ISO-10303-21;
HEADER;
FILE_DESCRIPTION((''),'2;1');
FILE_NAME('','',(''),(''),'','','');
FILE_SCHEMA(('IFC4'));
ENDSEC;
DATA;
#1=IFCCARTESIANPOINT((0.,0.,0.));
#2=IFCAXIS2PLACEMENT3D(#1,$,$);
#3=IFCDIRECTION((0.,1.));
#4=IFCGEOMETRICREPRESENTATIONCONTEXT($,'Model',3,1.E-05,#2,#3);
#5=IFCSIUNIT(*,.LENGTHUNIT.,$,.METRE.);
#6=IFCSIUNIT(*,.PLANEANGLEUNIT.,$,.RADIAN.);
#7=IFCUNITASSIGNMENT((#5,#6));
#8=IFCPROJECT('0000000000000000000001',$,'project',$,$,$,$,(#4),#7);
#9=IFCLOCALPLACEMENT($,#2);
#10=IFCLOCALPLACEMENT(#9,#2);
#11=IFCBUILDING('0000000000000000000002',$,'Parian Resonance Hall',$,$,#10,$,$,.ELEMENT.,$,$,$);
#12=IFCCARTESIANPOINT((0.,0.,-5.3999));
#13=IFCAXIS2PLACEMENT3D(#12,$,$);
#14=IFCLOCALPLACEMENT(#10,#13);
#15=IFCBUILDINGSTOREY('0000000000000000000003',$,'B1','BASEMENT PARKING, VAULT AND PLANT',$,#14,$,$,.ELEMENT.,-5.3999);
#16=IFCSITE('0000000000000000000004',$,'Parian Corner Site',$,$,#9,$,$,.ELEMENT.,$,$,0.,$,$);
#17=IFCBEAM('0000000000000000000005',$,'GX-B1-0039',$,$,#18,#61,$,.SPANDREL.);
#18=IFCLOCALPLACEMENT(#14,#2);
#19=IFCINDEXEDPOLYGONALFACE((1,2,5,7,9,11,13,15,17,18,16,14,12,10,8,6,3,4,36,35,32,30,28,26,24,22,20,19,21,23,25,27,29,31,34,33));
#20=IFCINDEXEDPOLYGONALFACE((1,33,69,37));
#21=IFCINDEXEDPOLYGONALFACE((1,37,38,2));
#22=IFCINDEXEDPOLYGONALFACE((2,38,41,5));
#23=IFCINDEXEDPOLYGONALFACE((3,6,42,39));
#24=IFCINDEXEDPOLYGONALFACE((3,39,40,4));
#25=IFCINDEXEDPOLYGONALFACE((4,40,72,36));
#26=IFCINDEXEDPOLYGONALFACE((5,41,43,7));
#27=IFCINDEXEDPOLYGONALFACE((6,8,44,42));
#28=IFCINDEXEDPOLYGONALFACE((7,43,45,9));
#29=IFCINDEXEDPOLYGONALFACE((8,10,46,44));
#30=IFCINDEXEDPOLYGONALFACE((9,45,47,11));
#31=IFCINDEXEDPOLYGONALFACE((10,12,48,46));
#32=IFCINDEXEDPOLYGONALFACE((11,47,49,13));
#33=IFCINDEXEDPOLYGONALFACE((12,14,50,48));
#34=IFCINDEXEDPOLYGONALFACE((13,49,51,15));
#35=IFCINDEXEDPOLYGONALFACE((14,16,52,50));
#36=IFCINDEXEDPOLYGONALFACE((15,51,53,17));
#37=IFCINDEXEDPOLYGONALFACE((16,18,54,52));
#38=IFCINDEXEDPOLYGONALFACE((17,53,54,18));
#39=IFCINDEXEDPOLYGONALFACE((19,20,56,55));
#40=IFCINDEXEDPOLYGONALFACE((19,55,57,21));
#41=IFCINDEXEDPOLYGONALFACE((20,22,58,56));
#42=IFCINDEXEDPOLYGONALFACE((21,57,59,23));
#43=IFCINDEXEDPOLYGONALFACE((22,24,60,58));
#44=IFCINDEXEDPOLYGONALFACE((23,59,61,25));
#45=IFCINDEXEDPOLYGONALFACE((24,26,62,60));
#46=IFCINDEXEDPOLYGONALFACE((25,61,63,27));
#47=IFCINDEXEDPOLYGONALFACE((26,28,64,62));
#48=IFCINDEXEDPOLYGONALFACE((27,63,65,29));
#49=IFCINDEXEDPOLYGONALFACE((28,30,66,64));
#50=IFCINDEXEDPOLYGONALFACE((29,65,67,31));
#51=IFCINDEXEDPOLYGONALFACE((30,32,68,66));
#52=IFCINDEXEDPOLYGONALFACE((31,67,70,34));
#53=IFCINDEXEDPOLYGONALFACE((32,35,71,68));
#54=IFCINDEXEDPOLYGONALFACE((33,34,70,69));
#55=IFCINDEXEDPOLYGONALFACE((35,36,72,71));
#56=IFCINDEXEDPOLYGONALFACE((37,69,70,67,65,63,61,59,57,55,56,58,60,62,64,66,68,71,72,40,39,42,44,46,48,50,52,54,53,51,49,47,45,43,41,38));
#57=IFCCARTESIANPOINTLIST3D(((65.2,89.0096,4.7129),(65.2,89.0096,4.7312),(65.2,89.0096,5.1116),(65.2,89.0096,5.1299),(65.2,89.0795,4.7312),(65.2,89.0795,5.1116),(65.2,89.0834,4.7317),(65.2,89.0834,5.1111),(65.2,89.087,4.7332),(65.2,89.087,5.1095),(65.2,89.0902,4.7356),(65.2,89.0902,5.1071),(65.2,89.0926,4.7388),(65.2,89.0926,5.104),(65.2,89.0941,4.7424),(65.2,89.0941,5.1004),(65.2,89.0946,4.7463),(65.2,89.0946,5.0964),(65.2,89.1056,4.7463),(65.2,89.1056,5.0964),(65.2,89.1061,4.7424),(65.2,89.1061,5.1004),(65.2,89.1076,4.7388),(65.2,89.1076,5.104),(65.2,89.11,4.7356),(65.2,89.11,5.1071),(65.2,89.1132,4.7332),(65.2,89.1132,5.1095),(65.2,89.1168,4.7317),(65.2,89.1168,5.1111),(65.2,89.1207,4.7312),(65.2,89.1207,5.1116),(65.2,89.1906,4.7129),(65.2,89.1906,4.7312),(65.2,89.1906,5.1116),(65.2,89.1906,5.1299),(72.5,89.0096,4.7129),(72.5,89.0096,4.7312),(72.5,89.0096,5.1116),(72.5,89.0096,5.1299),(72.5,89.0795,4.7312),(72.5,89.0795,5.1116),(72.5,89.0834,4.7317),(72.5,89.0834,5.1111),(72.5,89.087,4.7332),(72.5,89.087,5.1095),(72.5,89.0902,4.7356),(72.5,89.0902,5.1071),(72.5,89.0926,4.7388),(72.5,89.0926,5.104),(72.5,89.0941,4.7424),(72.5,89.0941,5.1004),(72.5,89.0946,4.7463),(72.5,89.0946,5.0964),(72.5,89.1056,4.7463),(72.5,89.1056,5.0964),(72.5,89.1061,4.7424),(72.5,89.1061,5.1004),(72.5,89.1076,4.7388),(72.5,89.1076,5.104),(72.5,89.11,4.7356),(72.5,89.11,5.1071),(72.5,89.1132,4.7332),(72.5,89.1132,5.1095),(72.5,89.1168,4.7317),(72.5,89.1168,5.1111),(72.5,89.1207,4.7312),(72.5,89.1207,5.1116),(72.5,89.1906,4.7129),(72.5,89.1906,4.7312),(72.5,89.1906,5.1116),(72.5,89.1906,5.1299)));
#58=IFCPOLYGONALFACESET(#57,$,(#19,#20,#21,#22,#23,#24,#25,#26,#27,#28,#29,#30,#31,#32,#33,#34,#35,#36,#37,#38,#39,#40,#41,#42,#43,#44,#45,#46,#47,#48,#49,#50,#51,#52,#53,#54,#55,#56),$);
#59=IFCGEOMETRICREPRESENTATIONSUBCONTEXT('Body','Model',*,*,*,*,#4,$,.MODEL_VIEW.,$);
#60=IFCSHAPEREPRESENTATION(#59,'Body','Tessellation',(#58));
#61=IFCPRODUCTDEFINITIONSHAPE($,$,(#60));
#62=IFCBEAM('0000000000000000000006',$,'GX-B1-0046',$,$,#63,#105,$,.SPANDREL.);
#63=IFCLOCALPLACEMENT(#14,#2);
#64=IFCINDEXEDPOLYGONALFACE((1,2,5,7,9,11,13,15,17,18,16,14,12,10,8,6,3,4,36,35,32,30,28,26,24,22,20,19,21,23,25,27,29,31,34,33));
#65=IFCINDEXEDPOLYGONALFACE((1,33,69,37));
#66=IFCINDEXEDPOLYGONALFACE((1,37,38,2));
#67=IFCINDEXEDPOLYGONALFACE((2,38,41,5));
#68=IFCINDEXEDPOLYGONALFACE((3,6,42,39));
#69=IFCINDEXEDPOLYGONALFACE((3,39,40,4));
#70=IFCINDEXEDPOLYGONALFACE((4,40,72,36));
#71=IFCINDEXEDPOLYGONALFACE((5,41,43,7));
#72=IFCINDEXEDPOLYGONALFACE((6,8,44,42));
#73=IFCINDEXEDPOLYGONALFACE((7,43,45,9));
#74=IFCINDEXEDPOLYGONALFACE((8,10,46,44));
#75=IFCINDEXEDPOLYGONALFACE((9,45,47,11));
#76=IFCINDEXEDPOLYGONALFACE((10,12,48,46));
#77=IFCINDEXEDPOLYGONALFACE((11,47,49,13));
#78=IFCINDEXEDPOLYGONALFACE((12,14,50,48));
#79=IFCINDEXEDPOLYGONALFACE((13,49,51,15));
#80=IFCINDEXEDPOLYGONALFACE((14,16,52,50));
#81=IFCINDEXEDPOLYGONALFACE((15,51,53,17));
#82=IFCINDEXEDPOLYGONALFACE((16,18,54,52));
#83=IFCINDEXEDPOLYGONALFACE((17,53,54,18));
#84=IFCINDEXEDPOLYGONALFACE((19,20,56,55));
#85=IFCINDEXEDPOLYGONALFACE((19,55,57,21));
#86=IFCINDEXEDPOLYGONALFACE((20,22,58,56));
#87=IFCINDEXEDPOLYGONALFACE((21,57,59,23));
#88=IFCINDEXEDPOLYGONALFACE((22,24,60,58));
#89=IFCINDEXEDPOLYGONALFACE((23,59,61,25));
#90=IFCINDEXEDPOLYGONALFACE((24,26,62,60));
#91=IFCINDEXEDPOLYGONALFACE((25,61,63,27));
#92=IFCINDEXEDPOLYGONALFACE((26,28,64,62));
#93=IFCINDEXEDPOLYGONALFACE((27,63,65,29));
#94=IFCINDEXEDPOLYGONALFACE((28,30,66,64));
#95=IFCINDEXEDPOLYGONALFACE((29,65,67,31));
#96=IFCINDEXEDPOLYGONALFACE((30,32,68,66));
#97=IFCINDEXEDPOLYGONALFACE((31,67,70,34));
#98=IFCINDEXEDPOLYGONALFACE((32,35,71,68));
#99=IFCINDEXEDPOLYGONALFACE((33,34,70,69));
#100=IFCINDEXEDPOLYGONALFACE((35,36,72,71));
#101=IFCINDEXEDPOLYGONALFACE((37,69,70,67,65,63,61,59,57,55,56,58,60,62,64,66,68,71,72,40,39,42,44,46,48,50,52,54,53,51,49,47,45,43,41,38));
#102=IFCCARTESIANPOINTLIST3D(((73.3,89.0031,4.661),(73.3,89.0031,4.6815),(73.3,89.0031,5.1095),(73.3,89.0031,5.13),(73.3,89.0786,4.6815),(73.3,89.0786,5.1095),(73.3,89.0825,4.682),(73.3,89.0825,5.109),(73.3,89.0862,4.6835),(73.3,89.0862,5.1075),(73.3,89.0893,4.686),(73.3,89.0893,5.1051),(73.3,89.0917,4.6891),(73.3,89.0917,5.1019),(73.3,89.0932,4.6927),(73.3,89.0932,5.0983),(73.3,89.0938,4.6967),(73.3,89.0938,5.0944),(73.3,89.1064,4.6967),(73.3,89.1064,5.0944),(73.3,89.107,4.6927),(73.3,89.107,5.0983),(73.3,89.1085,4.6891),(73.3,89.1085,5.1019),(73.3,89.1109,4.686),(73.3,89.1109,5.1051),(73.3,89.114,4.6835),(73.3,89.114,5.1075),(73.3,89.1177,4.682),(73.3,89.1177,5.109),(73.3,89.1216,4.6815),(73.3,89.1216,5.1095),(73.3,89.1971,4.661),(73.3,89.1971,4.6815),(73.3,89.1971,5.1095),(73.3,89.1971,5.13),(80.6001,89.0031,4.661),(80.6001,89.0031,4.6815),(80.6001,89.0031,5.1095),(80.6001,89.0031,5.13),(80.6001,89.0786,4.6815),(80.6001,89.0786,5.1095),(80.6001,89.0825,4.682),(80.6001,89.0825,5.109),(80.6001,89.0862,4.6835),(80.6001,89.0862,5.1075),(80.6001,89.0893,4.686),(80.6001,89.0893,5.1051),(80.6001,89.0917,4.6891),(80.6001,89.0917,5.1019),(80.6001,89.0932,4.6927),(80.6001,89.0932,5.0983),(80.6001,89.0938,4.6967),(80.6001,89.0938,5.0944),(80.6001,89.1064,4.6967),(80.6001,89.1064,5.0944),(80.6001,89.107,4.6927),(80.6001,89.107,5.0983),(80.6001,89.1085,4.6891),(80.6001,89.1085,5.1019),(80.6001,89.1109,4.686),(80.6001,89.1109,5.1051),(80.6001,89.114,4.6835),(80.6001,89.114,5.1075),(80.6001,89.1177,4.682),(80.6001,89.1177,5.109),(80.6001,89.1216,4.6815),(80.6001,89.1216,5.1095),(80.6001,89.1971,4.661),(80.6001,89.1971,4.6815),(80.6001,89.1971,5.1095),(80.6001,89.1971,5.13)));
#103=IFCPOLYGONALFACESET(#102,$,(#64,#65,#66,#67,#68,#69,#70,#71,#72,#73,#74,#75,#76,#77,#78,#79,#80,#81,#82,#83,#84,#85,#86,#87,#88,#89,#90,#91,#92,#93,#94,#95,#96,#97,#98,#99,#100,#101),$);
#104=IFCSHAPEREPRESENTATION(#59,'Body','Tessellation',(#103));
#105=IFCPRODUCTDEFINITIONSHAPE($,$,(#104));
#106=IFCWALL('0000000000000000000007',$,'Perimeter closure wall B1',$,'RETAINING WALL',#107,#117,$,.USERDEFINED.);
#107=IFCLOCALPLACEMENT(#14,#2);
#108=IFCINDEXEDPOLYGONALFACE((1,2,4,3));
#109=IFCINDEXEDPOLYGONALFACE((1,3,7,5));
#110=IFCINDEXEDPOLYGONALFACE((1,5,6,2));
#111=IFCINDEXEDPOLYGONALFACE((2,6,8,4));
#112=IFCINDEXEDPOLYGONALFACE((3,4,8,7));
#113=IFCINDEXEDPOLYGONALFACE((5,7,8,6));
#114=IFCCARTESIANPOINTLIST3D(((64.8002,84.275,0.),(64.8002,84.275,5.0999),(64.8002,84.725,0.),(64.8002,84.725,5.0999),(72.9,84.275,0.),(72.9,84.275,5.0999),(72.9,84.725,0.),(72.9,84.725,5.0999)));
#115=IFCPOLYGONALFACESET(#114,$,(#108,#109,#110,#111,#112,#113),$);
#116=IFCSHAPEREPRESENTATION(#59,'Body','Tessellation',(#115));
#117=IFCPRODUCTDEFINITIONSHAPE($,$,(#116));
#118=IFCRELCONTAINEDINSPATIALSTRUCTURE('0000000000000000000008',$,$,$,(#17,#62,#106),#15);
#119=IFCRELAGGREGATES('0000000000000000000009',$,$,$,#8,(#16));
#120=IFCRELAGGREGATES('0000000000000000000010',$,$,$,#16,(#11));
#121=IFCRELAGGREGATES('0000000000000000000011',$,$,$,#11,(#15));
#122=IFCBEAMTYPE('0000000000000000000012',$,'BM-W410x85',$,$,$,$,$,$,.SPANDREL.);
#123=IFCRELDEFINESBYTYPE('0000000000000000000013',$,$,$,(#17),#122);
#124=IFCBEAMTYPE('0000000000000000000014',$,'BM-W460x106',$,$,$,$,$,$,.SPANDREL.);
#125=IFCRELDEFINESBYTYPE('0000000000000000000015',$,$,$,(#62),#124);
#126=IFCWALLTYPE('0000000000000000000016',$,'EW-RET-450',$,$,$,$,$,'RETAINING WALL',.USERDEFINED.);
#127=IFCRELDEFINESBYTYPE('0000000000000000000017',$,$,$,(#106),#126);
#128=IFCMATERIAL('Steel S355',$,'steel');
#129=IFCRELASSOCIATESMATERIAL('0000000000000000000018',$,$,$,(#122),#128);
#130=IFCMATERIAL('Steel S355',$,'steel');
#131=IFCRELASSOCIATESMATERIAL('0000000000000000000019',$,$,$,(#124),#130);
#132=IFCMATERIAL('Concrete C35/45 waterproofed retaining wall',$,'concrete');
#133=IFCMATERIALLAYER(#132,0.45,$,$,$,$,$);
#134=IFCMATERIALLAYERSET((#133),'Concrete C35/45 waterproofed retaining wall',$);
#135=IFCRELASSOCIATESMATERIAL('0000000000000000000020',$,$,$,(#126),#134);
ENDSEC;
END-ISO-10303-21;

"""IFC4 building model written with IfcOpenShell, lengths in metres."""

from ifc_helpers import new_model, si_unit, direction, frame, frame_2d, origin, origin_2d, place, context, subcontext, project, spatial, rectangle, i_section, extrude, material, layer, layer_set, material_profile, profile_set, type_object, element, save


model = new_model("IFC4")

# Units and contexts
model_context = context("Model", 3, precision=1e-05, world=origin(), true_north=direction((0.0, 1.0)))
body_context = subcontext(model_context, "Body", "Model", "MODEL_VIEW")
ifc_project = project(units=[si_unit("LENGTHUNIT", "METRE"), si_unit("PLANEANGLEUNIT", "RADIAN")], contexts=[model_context])

# Site, building, storey
site_placement = place(None, origin())
site = spatial("IfcSite", under=ifc_project, at=site_placement, Name="Parian Corner Site", CompositionType="ELEMENT", RefElevation=0.0)
building_placement = place(site_placement, origin())
building = spatial("IfcBuilding", under=site, at=building_placement, Name="Parian Resonance Hall", CompositionType="ELEMENT")
storey_placement = place(building_placement, frame((0.0, 0.0, -5.3999)))
storey = spatial("IfcBuildingStorey", under=building, at=storey_placement, Name="B1", Description="BASEMENT PARKING, VAULT AND PLANT", CompositionType="ELEMENT", Elevation=-5.3999)

# Beams
ifc_material_1 = material(Name="Steel S355", Category="steel")
ifc_material_profile_1 = material_profile(ifc_material_1, i_section(OverallWidth=0.1809, OverallDepth=0.417, WebThickness=0.011, FlangeThickness=0.0183, FilletRadius=0.0151, at=origin_2d()), Name="W410x85")
ifc_profile_set_1 = profile_set([ifc_material_profile_1], Name="Steel S355")
beam_type_1 = type_object("IfcBeamType", Name="BM-W410x85", PredefinedType="SPANDREL", material=ifc_profile_set_1)
beam_1_placement = place(storey_placement, frame((65.2, 89.1001, 4.9214), z_axis=(1.0, 0.0, 0.0), x_axis=(0.0, 1.0, 0.0)))
element("IfcBeam", 1, at=beam_1_placement, inside=storey, type_object=beam_type_1, Name="GX-B1-0039", PredefinedType="SPANDREL", context=body_context, shape_type="SweptSolid", body=[
    extrude(i_section(OverallWidth=0.1809, OverallDepth=0.417, WebThickness=0.011, FlangeThickness=0.0183, FilletRadius=0.0151, at=origin_2d()), origin(), (0.0, 0.0, 1.0), 7.3),
])
ifc_material_2 = material(Name="Steel S355", Category="steel")
ifc_material_profile_2 = material_profile(ifc_material_2, i_section(OverallWidth=0.1941, OverallDepth=0.469, WebThickness=0.0127, FlangeThickness=0.0205, FilletRadius=0.0151, at=origin_2d()), Name="W460x106")
ifc_profile_set_2 = profile_set([ifc_material_profile_2], Name="Steel S355")
beam_type_2 = type_object("IfcBeamType", Name="BM-W460x106", PredefinedType="SPANDREL", material=ifc_profile_set_2)
beam_2_placement = place(storey_placement, frame((73.3, 89.1001, 4.8955), z_axis=(1.0, 0.0, 0.0), x_axis=(0.0, 1.0, 0.0)))
element("IfcBeam", 2, at=beam_2_placement, inside=storey, type_object=beam_type_2, Name="GX-B1-0046", PredefinedType="SPANDREL", context=body_context, shape_type="SweptSolid", body=[
    extrude(i_section(OverallWidth=0.1941, OverallDepth=0.469, WebThickness=0.0127, FlangeThickness=0.0205, FilletRadius=0.0151, at=origin_2d()), origin(), (0.0, 0.0, 1.0), 7.3),
])

# Wall
ifc_material_3 = material(Name="Concrete C35/45 waterproofed retaining wall", Category="concrete")
ifc_layer = layer(ifc_material_3, 0.45)
ifc_layer_set = layer_set([ifc_layer], Name="Concrete C35/45 waterproofed retaining wall")
wall_type = type_object("IfcWallType", Name="EW-RET-450", ElementType="RETAINING WALL", PredefinedType="USERDEFINED", material=ifc_layer_set)
wall_placement = place(storey_placement, frame((72.8999, 84.5, 0.0), z_axis=(0.0, 0.0, 1.0), x_axis=(-1.0, 0.0, 0.0)))
element("IfcWall", 3, at=wall_placement, inside=storey, type_object=wall_type, Name="Perimeter closure wall B1", ObjectType="RETAINING WALL", PredefinedType="USERDEFINED", context=body_context, shape_type="SweptSolid", body=[
    extrude(rectangle(XDim=8.0999, YDim=0.45, at=frame_2d((4.0498, 0.0))), origin(), (0.0, 0.0, 1.0), 5.0999),
])

save(model, "model.ifc")
